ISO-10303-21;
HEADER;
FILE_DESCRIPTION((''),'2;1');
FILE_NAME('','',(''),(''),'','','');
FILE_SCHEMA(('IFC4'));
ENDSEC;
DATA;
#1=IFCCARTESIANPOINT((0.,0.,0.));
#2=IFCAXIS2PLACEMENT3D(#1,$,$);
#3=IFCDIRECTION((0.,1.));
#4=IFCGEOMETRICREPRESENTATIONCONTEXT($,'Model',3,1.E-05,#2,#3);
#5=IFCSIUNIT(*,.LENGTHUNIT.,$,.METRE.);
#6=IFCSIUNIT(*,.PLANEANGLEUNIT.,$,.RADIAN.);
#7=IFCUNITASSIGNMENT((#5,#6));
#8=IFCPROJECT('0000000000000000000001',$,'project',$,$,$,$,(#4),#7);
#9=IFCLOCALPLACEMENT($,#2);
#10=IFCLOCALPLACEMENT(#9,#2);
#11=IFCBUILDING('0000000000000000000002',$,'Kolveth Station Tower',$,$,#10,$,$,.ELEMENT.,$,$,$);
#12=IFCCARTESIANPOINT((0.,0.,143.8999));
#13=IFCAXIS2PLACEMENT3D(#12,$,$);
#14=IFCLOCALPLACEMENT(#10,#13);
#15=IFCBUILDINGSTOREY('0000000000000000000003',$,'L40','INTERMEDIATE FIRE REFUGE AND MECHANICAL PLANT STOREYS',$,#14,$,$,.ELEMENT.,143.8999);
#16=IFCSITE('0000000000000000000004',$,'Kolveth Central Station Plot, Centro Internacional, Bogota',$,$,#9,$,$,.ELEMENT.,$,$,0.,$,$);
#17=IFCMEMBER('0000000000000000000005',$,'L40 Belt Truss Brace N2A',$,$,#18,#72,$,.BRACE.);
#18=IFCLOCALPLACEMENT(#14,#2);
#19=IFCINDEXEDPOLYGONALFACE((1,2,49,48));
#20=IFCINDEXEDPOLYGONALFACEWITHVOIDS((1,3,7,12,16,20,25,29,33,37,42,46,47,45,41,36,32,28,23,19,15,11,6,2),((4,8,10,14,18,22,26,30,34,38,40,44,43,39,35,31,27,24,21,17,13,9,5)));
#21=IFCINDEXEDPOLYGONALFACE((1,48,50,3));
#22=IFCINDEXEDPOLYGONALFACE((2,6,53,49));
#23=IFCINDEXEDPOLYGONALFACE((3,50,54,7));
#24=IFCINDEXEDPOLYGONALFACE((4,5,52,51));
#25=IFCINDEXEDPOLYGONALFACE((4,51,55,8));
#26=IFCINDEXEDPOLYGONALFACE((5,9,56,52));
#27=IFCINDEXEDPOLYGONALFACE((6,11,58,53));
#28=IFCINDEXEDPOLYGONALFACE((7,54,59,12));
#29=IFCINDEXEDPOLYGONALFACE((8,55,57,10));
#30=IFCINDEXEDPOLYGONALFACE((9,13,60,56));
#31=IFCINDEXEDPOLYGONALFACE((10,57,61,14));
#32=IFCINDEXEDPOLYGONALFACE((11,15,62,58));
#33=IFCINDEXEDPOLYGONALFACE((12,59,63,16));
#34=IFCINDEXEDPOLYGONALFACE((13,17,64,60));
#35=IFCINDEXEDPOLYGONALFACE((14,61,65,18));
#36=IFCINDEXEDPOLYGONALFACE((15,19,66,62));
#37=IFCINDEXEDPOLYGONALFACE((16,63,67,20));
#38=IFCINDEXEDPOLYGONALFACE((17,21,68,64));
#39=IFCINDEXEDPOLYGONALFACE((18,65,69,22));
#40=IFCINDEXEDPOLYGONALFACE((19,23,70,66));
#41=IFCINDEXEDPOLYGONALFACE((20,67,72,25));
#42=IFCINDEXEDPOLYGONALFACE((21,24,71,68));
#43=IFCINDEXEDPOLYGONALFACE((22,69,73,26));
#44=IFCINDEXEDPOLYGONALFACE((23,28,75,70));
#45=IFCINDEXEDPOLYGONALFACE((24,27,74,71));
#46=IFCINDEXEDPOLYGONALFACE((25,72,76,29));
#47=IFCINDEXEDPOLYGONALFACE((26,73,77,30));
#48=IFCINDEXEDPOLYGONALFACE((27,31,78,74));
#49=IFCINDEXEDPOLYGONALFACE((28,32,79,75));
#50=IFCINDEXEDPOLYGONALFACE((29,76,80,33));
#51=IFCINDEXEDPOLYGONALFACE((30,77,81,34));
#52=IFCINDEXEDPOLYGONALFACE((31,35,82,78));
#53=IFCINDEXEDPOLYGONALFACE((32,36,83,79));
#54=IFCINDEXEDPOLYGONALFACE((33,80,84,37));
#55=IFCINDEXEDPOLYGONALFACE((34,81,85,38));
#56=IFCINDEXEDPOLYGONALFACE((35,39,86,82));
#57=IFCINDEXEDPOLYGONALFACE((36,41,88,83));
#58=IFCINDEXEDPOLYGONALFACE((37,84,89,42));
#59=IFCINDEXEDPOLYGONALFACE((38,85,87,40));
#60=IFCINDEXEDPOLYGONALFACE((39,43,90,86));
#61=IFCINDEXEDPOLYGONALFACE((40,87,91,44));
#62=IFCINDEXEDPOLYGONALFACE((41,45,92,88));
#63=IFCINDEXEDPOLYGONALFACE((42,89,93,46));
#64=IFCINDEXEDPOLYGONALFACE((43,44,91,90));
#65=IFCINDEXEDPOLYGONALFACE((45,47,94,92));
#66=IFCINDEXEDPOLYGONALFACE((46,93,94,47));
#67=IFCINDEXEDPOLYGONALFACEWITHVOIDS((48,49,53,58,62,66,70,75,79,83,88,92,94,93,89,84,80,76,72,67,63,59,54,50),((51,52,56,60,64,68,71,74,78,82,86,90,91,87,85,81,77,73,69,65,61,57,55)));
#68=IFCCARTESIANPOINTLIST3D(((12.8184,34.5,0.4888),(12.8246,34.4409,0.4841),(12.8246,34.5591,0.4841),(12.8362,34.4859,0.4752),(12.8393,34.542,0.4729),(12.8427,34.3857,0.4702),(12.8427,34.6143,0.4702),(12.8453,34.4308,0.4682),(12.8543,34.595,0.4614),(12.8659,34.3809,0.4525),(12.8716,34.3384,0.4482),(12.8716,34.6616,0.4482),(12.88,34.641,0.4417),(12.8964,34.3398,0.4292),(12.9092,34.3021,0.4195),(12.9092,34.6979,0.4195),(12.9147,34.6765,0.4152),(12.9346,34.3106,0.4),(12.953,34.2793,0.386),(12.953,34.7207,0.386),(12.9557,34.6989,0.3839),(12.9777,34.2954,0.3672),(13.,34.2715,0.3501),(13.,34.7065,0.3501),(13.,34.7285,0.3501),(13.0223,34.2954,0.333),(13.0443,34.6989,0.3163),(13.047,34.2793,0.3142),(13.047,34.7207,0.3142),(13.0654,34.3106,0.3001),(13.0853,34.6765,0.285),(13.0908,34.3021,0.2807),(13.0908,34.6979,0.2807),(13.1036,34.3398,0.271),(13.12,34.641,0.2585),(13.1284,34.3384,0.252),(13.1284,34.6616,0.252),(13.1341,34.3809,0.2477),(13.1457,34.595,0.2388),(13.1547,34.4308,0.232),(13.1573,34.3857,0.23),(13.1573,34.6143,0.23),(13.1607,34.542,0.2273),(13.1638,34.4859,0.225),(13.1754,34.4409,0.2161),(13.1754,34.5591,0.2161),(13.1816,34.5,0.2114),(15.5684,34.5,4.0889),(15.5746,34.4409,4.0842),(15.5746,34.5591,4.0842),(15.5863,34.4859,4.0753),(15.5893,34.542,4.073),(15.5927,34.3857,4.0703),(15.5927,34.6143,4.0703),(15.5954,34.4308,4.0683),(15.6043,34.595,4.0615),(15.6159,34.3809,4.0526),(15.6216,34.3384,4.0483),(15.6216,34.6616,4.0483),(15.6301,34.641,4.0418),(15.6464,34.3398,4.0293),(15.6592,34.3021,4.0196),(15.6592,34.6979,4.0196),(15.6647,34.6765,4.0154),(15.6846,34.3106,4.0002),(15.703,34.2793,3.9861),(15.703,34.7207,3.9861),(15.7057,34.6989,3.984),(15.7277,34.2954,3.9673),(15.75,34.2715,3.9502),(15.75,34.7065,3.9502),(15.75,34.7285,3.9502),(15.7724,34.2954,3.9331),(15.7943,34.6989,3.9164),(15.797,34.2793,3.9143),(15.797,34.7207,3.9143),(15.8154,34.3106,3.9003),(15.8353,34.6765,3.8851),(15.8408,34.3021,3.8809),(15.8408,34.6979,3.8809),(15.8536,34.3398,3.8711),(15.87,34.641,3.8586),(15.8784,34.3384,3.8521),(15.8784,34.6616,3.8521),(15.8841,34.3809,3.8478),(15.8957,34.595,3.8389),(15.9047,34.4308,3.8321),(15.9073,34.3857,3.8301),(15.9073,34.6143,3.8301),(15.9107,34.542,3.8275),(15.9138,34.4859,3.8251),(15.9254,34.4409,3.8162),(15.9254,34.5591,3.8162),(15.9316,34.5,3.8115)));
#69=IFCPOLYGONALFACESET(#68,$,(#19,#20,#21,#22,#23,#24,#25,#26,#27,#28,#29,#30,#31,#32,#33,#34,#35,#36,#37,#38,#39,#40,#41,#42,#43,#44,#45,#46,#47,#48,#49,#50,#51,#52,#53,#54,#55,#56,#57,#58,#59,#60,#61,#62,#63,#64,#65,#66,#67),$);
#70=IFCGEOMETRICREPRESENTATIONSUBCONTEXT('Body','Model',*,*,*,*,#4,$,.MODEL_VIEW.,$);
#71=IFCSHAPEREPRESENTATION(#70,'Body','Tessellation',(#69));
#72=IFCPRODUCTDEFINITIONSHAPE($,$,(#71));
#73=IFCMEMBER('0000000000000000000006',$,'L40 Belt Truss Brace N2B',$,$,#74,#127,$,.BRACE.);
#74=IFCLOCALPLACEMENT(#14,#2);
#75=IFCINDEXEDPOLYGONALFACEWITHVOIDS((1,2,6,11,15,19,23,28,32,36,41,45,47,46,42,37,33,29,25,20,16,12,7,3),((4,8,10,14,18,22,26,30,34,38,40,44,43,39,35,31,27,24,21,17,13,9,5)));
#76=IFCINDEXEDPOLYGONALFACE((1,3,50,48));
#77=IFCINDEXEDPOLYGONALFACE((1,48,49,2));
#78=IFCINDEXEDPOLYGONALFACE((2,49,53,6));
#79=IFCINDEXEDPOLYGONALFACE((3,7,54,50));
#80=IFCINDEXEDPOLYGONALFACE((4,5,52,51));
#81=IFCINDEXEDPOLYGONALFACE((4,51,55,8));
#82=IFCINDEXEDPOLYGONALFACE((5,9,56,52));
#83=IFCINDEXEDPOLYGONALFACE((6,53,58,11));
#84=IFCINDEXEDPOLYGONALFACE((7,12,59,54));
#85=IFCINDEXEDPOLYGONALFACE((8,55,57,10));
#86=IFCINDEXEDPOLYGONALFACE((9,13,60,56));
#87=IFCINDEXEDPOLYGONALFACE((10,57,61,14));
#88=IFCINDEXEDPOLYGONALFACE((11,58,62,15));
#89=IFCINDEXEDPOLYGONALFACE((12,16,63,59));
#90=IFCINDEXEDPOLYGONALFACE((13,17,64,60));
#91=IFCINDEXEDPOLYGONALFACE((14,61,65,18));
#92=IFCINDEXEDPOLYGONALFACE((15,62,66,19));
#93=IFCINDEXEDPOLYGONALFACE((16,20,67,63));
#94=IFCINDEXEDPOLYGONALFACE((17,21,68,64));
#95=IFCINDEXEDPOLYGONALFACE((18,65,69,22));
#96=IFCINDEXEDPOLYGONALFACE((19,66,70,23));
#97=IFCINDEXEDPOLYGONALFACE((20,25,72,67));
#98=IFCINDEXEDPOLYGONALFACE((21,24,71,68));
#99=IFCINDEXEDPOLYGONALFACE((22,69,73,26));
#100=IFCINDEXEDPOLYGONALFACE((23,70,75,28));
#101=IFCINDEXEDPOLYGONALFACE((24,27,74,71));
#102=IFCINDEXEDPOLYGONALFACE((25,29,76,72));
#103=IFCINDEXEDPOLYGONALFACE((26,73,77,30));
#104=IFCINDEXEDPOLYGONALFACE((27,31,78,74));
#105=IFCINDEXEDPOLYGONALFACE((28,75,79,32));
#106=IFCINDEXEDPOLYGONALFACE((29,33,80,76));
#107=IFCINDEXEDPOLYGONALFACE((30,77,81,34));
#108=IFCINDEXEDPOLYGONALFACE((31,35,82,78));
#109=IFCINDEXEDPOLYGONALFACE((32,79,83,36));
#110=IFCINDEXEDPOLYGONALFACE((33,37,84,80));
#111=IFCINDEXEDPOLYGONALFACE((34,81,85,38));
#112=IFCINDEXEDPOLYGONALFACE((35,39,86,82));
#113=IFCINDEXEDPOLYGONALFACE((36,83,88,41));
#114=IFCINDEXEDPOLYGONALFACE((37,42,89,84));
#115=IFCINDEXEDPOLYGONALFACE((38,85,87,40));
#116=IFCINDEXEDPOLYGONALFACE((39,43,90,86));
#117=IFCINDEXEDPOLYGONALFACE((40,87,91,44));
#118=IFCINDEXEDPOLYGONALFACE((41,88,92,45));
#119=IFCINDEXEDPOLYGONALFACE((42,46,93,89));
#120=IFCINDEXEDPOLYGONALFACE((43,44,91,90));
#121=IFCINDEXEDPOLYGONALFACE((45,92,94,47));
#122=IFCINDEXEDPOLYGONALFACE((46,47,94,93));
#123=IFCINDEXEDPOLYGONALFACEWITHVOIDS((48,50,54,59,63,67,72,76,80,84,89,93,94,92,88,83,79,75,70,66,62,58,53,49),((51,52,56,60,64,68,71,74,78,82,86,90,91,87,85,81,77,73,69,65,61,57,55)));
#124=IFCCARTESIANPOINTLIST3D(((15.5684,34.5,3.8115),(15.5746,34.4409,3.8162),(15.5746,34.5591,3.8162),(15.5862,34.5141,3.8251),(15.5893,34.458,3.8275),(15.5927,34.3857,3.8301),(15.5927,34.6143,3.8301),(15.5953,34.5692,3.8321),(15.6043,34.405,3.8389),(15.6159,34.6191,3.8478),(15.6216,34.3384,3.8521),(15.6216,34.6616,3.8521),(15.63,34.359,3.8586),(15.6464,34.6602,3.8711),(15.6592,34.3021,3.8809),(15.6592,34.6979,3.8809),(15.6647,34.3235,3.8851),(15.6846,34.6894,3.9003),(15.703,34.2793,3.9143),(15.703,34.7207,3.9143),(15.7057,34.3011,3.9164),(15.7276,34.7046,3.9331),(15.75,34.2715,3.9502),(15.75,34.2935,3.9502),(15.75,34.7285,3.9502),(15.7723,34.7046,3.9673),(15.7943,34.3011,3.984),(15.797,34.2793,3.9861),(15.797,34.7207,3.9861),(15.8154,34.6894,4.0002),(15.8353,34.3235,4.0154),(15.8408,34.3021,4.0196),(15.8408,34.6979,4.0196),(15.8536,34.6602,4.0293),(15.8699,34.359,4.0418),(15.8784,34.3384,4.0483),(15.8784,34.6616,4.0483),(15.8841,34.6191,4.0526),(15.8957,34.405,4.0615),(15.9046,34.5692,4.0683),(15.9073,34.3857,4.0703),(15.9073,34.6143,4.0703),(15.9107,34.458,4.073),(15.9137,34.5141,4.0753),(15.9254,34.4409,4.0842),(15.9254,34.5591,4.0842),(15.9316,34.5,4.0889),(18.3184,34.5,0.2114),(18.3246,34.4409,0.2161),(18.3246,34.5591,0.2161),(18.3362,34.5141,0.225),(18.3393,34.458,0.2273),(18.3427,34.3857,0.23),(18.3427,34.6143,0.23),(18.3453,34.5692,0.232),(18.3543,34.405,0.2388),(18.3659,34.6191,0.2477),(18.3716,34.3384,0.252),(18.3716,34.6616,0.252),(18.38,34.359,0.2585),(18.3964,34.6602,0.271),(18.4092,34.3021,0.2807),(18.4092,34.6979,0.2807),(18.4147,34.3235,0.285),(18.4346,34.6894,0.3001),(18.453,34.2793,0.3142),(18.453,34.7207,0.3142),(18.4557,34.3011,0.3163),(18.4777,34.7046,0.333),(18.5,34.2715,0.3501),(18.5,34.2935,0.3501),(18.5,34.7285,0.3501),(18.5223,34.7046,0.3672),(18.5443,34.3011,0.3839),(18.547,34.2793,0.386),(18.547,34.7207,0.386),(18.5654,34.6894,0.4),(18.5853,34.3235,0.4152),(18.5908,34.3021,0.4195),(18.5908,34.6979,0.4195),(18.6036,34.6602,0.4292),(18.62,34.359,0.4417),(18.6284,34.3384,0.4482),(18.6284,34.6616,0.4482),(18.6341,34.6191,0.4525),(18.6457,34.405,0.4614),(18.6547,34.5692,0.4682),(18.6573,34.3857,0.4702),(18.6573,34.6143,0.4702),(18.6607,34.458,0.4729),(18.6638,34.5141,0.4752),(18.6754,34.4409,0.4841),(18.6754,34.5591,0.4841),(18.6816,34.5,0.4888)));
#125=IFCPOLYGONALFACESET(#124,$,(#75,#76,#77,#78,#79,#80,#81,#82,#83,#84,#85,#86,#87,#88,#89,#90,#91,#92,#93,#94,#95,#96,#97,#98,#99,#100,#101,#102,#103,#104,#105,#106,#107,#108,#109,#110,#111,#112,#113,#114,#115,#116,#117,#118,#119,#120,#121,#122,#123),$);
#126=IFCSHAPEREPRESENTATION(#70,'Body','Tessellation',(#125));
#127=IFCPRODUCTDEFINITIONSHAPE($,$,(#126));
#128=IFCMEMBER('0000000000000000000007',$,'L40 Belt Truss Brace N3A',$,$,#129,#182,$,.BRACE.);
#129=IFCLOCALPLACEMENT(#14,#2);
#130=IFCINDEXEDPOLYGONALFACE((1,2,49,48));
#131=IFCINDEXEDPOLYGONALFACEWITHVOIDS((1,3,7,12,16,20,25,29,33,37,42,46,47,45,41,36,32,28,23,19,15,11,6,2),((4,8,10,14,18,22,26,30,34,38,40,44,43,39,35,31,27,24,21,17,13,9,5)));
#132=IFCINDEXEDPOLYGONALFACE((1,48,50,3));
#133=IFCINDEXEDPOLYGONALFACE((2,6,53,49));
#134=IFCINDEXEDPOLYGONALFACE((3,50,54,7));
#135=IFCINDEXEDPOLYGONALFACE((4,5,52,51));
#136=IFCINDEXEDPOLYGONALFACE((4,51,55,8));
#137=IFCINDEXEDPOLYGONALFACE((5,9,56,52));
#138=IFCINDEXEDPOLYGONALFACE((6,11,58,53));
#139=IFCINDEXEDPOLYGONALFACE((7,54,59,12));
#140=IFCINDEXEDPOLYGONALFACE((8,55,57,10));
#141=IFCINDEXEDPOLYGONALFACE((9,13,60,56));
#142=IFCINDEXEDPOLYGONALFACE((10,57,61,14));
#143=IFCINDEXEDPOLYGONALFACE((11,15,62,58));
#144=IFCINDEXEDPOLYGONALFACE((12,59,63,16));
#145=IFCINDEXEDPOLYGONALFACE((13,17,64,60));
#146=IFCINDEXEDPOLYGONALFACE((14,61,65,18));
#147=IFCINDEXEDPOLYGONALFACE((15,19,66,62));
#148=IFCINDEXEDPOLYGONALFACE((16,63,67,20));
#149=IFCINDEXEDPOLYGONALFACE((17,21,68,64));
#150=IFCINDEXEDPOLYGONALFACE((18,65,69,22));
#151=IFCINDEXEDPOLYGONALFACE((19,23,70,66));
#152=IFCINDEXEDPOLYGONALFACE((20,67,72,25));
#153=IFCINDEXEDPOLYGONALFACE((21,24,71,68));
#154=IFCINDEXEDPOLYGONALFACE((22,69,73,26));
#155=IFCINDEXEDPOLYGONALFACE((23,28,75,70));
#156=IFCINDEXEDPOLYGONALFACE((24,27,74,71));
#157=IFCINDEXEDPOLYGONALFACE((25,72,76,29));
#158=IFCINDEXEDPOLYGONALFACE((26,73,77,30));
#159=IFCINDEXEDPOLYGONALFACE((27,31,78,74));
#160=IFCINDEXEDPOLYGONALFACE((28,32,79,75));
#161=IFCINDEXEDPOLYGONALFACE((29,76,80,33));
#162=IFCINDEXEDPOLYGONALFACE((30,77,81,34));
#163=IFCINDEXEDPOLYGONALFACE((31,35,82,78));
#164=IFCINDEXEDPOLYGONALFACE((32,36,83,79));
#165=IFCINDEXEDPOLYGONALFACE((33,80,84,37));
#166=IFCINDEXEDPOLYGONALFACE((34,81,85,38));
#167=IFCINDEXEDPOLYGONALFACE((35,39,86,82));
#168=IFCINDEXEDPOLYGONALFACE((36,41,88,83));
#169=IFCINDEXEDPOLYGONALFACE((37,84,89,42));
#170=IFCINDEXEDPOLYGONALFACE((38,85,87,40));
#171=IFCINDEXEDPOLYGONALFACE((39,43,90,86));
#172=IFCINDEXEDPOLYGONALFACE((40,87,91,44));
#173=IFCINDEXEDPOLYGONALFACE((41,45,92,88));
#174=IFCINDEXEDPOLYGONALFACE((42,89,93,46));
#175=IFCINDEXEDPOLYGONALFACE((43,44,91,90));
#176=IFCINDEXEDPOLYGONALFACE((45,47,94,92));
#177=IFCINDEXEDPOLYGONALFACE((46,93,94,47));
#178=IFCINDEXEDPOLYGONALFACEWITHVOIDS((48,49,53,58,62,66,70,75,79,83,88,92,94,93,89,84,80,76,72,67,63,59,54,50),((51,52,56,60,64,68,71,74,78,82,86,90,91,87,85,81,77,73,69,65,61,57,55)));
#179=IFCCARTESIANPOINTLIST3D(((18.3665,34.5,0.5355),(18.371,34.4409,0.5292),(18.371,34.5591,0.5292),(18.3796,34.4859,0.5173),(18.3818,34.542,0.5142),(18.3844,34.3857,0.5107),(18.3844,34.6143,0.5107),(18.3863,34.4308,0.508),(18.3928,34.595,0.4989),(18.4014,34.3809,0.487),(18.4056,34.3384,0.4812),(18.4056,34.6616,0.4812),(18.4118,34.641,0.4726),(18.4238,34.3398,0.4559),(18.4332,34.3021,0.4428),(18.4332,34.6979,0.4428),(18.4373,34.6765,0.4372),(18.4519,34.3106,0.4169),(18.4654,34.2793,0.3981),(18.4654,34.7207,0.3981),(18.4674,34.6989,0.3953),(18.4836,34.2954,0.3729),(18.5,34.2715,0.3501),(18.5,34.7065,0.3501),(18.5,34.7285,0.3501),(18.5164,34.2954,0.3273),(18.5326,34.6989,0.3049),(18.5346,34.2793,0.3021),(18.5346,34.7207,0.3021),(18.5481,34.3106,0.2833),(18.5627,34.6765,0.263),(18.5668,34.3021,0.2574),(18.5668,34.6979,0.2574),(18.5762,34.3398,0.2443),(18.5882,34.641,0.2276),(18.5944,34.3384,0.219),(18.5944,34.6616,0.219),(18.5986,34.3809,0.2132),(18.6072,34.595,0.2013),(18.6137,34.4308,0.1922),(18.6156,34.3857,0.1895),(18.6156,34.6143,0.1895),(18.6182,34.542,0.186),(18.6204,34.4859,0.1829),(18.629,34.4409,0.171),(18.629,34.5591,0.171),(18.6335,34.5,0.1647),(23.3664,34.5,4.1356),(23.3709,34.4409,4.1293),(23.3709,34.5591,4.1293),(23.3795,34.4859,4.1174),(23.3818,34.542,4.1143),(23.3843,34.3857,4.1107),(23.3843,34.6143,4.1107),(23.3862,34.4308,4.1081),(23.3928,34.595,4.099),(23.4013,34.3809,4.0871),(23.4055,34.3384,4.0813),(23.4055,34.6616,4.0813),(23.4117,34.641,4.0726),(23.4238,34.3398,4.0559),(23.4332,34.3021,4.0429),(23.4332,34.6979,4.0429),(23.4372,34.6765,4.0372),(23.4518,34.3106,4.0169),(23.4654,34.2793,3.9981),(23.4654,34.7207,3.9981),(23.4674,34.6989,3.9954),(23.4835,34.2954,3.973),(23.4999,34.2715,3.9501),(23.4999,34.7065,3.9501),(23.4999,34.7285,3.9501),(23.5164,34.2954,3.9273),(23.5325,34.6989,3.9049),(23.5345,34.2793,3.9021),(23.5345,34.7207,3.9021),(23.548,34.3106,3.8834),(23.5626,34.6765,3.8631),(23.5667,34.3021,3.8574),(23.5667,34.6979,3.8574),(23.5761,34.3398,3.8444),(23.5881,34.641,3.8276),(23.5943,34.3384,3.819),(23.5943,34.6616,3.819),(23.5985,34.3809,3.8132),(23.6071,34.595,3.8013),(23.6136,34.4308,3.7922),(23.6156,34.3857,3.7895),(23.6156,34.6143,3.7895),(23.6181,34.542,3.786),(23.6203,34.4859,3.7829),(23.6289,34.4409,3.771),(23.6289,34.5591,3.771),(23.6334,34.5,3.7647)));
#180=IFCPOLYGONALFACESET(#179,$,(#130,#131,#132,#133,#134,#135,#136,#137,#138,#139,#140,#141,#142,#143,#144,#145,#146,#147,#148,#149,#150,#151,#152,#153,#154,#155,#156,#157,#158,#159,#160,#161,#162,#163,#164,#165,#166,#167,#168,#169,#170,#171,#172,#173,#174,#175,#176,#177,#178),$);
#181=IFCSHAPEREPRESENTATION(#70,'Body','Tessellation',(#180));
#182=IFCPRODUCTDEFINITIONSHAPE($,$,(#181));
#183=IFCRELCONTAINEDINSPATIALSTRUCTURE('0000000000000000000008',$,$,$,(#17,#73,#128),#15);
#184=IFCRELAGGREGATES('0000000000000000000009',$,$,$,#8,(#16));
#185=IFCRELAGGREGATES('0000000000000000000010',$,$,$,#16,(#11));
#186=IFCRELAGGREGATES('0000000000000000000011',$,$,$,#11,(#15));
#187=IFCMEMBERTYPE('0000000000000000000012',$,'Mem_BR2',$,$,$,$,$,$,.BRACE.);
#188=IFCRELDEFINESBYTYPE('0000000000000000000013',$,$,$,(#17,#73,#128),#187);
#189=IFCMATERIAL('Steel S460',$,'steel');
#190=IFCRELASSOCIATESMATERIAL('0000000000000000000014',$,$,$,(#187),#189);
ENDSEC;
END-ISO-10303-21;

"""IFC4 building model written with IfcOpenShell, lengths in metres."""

from ifc_helpers import new_model, si_unit, direction, frame, origin, origin_2d, place, context, subcontext, project, spatial, hollow_circle, extrude, source, transform, mapped, material, material_profile, profile_set, type_object, element, save


model = new_model("IFC4")

# Units and contexts
model_context = context("Model", 3, precision=1e-05, world=origin(), true_north=direction((0.0, 1.0)))
body_context = subcontext(model_context, "Body", "Model", "MODEL_VIEW")
ifc_project = project(units=[si_unit("LENGTHUNIT", "METRE"), si_unit("PLANEANGLEUNIT", "RADIAN")], contexts=[model_context])

# Site, building, storey
site_placement = place(None, origin())
site = spatial("IfcSite", under=ifc_project, at=site_placement, Name="Kolveth Central Station Plot, Centro Internacional, Bogota", CompositionType="ELEMENT", RefElevation=0.0)
building_placement = place(site_placement, origin())
building = spatial("IfcBuilding", under=site, at=building_placement, Name="Kolveth Station Tower", CompositionType="ELEMENT")
storey_placement = place(building_placement, frame((0.0, 0.0, 143.8999)))
storey = spatial("IfcBuildingStorey", under=building, at=storey_placement, Name="L40", Description="INTERMEDIATE FIRE REFUGE AND MECHANICAL PLANT STOREYS", CompositionType="ELEMENT", Elevation=143.8999)

# Shared definitions
ifc_material_1 = material(Name="Steel S460", Category="steel")

# Members
ifc_material_profile_1 = material_profile(ifc_material_1, hollow_circle(Radius=0.2285, WallThickness=0.022, at=origin_2d()), Name="CHS457x22")
ifc_profile_set_1 = profile_set([ifc_material_profile_1], Name="Steel S460")
member_type_1 = type_object("IfcMemberType", Name="Mem_BR2", PredefinedType="BRACE", material=ifc_profile_set_1)
shared_shape_1 = source(origin(), body_context, "Body", "SweptSolid", [
    extrude(hollow_circle(Radius=0.2285, WallThickness=0.022, at=origin_2d()), origin(), (0.0, 0.0, 1.0), 4.5303),
])
for number, where, z_axis, x_axis, name in (
    (1, (13.0, 34.5, 0.3501), (0.60703, 0.0, 0.794679), (0.0, 1.0, 0.0), "L40 Belt Truss Brace N2A"),
    (2, (18.5, 34.5, 0.3501), (-0.60703, 0.0, 0.794679), (0.0, -1.0, 0.0), "L40 Belt Truss Brace N2B"),
):
    element("IfcMember", number, at=place(storey_placement, frame(where, z_axis=z_axis, x_axis=x_axis)), inside=storey, type_object=member_type_1, Name=name, PredefinedType="BRACE", context=body_context, shape_type="MappedRepresentation", body=[
        mapped(shared_shape_1, transform((0.0, 0.0, 0.0), x_axis=(1.0, 0.0, 0.0), y_axis=(0.0, 1.0, 0.0), z_axis=(0.0, 0.0, 1.0), scale=1.0)),
    ])
shared_shape_2 = source(origin(), body_context, "Body", "SweptSolid", [
    extrude(hollow_circle(Radius=0.2285, WallThickness=0.022, at=origin_2d()), origin(), (0.0, 0.0, 1.0), 6.1611),
])
member_1_placement = place(storey_placement, frame((18.5, 34.5, 0.3501), z_axis=(0.811527, 0.0, 0.584315), x_axis=(0.0, 1.0, 0.0)))
element("IfcMember", 3, at=member_1_placement, inside=storey, type_object=member_type_1, Name="L40 Belt Truss Brace N3A", PredefinedType="BRACE", context=body_context, shape_type="MappedRepresentation", body=[
    mapped(shared_shape_2, transform((0.0, 0.0, 0.0), x_axis=(1.0, 0.0, 0.0), y_axis=(0.0, 1.0, 0.0), z_axis=(0.0, 0.0, 1.0), scale=1.0)),
])

save(model, "model.ifc")
